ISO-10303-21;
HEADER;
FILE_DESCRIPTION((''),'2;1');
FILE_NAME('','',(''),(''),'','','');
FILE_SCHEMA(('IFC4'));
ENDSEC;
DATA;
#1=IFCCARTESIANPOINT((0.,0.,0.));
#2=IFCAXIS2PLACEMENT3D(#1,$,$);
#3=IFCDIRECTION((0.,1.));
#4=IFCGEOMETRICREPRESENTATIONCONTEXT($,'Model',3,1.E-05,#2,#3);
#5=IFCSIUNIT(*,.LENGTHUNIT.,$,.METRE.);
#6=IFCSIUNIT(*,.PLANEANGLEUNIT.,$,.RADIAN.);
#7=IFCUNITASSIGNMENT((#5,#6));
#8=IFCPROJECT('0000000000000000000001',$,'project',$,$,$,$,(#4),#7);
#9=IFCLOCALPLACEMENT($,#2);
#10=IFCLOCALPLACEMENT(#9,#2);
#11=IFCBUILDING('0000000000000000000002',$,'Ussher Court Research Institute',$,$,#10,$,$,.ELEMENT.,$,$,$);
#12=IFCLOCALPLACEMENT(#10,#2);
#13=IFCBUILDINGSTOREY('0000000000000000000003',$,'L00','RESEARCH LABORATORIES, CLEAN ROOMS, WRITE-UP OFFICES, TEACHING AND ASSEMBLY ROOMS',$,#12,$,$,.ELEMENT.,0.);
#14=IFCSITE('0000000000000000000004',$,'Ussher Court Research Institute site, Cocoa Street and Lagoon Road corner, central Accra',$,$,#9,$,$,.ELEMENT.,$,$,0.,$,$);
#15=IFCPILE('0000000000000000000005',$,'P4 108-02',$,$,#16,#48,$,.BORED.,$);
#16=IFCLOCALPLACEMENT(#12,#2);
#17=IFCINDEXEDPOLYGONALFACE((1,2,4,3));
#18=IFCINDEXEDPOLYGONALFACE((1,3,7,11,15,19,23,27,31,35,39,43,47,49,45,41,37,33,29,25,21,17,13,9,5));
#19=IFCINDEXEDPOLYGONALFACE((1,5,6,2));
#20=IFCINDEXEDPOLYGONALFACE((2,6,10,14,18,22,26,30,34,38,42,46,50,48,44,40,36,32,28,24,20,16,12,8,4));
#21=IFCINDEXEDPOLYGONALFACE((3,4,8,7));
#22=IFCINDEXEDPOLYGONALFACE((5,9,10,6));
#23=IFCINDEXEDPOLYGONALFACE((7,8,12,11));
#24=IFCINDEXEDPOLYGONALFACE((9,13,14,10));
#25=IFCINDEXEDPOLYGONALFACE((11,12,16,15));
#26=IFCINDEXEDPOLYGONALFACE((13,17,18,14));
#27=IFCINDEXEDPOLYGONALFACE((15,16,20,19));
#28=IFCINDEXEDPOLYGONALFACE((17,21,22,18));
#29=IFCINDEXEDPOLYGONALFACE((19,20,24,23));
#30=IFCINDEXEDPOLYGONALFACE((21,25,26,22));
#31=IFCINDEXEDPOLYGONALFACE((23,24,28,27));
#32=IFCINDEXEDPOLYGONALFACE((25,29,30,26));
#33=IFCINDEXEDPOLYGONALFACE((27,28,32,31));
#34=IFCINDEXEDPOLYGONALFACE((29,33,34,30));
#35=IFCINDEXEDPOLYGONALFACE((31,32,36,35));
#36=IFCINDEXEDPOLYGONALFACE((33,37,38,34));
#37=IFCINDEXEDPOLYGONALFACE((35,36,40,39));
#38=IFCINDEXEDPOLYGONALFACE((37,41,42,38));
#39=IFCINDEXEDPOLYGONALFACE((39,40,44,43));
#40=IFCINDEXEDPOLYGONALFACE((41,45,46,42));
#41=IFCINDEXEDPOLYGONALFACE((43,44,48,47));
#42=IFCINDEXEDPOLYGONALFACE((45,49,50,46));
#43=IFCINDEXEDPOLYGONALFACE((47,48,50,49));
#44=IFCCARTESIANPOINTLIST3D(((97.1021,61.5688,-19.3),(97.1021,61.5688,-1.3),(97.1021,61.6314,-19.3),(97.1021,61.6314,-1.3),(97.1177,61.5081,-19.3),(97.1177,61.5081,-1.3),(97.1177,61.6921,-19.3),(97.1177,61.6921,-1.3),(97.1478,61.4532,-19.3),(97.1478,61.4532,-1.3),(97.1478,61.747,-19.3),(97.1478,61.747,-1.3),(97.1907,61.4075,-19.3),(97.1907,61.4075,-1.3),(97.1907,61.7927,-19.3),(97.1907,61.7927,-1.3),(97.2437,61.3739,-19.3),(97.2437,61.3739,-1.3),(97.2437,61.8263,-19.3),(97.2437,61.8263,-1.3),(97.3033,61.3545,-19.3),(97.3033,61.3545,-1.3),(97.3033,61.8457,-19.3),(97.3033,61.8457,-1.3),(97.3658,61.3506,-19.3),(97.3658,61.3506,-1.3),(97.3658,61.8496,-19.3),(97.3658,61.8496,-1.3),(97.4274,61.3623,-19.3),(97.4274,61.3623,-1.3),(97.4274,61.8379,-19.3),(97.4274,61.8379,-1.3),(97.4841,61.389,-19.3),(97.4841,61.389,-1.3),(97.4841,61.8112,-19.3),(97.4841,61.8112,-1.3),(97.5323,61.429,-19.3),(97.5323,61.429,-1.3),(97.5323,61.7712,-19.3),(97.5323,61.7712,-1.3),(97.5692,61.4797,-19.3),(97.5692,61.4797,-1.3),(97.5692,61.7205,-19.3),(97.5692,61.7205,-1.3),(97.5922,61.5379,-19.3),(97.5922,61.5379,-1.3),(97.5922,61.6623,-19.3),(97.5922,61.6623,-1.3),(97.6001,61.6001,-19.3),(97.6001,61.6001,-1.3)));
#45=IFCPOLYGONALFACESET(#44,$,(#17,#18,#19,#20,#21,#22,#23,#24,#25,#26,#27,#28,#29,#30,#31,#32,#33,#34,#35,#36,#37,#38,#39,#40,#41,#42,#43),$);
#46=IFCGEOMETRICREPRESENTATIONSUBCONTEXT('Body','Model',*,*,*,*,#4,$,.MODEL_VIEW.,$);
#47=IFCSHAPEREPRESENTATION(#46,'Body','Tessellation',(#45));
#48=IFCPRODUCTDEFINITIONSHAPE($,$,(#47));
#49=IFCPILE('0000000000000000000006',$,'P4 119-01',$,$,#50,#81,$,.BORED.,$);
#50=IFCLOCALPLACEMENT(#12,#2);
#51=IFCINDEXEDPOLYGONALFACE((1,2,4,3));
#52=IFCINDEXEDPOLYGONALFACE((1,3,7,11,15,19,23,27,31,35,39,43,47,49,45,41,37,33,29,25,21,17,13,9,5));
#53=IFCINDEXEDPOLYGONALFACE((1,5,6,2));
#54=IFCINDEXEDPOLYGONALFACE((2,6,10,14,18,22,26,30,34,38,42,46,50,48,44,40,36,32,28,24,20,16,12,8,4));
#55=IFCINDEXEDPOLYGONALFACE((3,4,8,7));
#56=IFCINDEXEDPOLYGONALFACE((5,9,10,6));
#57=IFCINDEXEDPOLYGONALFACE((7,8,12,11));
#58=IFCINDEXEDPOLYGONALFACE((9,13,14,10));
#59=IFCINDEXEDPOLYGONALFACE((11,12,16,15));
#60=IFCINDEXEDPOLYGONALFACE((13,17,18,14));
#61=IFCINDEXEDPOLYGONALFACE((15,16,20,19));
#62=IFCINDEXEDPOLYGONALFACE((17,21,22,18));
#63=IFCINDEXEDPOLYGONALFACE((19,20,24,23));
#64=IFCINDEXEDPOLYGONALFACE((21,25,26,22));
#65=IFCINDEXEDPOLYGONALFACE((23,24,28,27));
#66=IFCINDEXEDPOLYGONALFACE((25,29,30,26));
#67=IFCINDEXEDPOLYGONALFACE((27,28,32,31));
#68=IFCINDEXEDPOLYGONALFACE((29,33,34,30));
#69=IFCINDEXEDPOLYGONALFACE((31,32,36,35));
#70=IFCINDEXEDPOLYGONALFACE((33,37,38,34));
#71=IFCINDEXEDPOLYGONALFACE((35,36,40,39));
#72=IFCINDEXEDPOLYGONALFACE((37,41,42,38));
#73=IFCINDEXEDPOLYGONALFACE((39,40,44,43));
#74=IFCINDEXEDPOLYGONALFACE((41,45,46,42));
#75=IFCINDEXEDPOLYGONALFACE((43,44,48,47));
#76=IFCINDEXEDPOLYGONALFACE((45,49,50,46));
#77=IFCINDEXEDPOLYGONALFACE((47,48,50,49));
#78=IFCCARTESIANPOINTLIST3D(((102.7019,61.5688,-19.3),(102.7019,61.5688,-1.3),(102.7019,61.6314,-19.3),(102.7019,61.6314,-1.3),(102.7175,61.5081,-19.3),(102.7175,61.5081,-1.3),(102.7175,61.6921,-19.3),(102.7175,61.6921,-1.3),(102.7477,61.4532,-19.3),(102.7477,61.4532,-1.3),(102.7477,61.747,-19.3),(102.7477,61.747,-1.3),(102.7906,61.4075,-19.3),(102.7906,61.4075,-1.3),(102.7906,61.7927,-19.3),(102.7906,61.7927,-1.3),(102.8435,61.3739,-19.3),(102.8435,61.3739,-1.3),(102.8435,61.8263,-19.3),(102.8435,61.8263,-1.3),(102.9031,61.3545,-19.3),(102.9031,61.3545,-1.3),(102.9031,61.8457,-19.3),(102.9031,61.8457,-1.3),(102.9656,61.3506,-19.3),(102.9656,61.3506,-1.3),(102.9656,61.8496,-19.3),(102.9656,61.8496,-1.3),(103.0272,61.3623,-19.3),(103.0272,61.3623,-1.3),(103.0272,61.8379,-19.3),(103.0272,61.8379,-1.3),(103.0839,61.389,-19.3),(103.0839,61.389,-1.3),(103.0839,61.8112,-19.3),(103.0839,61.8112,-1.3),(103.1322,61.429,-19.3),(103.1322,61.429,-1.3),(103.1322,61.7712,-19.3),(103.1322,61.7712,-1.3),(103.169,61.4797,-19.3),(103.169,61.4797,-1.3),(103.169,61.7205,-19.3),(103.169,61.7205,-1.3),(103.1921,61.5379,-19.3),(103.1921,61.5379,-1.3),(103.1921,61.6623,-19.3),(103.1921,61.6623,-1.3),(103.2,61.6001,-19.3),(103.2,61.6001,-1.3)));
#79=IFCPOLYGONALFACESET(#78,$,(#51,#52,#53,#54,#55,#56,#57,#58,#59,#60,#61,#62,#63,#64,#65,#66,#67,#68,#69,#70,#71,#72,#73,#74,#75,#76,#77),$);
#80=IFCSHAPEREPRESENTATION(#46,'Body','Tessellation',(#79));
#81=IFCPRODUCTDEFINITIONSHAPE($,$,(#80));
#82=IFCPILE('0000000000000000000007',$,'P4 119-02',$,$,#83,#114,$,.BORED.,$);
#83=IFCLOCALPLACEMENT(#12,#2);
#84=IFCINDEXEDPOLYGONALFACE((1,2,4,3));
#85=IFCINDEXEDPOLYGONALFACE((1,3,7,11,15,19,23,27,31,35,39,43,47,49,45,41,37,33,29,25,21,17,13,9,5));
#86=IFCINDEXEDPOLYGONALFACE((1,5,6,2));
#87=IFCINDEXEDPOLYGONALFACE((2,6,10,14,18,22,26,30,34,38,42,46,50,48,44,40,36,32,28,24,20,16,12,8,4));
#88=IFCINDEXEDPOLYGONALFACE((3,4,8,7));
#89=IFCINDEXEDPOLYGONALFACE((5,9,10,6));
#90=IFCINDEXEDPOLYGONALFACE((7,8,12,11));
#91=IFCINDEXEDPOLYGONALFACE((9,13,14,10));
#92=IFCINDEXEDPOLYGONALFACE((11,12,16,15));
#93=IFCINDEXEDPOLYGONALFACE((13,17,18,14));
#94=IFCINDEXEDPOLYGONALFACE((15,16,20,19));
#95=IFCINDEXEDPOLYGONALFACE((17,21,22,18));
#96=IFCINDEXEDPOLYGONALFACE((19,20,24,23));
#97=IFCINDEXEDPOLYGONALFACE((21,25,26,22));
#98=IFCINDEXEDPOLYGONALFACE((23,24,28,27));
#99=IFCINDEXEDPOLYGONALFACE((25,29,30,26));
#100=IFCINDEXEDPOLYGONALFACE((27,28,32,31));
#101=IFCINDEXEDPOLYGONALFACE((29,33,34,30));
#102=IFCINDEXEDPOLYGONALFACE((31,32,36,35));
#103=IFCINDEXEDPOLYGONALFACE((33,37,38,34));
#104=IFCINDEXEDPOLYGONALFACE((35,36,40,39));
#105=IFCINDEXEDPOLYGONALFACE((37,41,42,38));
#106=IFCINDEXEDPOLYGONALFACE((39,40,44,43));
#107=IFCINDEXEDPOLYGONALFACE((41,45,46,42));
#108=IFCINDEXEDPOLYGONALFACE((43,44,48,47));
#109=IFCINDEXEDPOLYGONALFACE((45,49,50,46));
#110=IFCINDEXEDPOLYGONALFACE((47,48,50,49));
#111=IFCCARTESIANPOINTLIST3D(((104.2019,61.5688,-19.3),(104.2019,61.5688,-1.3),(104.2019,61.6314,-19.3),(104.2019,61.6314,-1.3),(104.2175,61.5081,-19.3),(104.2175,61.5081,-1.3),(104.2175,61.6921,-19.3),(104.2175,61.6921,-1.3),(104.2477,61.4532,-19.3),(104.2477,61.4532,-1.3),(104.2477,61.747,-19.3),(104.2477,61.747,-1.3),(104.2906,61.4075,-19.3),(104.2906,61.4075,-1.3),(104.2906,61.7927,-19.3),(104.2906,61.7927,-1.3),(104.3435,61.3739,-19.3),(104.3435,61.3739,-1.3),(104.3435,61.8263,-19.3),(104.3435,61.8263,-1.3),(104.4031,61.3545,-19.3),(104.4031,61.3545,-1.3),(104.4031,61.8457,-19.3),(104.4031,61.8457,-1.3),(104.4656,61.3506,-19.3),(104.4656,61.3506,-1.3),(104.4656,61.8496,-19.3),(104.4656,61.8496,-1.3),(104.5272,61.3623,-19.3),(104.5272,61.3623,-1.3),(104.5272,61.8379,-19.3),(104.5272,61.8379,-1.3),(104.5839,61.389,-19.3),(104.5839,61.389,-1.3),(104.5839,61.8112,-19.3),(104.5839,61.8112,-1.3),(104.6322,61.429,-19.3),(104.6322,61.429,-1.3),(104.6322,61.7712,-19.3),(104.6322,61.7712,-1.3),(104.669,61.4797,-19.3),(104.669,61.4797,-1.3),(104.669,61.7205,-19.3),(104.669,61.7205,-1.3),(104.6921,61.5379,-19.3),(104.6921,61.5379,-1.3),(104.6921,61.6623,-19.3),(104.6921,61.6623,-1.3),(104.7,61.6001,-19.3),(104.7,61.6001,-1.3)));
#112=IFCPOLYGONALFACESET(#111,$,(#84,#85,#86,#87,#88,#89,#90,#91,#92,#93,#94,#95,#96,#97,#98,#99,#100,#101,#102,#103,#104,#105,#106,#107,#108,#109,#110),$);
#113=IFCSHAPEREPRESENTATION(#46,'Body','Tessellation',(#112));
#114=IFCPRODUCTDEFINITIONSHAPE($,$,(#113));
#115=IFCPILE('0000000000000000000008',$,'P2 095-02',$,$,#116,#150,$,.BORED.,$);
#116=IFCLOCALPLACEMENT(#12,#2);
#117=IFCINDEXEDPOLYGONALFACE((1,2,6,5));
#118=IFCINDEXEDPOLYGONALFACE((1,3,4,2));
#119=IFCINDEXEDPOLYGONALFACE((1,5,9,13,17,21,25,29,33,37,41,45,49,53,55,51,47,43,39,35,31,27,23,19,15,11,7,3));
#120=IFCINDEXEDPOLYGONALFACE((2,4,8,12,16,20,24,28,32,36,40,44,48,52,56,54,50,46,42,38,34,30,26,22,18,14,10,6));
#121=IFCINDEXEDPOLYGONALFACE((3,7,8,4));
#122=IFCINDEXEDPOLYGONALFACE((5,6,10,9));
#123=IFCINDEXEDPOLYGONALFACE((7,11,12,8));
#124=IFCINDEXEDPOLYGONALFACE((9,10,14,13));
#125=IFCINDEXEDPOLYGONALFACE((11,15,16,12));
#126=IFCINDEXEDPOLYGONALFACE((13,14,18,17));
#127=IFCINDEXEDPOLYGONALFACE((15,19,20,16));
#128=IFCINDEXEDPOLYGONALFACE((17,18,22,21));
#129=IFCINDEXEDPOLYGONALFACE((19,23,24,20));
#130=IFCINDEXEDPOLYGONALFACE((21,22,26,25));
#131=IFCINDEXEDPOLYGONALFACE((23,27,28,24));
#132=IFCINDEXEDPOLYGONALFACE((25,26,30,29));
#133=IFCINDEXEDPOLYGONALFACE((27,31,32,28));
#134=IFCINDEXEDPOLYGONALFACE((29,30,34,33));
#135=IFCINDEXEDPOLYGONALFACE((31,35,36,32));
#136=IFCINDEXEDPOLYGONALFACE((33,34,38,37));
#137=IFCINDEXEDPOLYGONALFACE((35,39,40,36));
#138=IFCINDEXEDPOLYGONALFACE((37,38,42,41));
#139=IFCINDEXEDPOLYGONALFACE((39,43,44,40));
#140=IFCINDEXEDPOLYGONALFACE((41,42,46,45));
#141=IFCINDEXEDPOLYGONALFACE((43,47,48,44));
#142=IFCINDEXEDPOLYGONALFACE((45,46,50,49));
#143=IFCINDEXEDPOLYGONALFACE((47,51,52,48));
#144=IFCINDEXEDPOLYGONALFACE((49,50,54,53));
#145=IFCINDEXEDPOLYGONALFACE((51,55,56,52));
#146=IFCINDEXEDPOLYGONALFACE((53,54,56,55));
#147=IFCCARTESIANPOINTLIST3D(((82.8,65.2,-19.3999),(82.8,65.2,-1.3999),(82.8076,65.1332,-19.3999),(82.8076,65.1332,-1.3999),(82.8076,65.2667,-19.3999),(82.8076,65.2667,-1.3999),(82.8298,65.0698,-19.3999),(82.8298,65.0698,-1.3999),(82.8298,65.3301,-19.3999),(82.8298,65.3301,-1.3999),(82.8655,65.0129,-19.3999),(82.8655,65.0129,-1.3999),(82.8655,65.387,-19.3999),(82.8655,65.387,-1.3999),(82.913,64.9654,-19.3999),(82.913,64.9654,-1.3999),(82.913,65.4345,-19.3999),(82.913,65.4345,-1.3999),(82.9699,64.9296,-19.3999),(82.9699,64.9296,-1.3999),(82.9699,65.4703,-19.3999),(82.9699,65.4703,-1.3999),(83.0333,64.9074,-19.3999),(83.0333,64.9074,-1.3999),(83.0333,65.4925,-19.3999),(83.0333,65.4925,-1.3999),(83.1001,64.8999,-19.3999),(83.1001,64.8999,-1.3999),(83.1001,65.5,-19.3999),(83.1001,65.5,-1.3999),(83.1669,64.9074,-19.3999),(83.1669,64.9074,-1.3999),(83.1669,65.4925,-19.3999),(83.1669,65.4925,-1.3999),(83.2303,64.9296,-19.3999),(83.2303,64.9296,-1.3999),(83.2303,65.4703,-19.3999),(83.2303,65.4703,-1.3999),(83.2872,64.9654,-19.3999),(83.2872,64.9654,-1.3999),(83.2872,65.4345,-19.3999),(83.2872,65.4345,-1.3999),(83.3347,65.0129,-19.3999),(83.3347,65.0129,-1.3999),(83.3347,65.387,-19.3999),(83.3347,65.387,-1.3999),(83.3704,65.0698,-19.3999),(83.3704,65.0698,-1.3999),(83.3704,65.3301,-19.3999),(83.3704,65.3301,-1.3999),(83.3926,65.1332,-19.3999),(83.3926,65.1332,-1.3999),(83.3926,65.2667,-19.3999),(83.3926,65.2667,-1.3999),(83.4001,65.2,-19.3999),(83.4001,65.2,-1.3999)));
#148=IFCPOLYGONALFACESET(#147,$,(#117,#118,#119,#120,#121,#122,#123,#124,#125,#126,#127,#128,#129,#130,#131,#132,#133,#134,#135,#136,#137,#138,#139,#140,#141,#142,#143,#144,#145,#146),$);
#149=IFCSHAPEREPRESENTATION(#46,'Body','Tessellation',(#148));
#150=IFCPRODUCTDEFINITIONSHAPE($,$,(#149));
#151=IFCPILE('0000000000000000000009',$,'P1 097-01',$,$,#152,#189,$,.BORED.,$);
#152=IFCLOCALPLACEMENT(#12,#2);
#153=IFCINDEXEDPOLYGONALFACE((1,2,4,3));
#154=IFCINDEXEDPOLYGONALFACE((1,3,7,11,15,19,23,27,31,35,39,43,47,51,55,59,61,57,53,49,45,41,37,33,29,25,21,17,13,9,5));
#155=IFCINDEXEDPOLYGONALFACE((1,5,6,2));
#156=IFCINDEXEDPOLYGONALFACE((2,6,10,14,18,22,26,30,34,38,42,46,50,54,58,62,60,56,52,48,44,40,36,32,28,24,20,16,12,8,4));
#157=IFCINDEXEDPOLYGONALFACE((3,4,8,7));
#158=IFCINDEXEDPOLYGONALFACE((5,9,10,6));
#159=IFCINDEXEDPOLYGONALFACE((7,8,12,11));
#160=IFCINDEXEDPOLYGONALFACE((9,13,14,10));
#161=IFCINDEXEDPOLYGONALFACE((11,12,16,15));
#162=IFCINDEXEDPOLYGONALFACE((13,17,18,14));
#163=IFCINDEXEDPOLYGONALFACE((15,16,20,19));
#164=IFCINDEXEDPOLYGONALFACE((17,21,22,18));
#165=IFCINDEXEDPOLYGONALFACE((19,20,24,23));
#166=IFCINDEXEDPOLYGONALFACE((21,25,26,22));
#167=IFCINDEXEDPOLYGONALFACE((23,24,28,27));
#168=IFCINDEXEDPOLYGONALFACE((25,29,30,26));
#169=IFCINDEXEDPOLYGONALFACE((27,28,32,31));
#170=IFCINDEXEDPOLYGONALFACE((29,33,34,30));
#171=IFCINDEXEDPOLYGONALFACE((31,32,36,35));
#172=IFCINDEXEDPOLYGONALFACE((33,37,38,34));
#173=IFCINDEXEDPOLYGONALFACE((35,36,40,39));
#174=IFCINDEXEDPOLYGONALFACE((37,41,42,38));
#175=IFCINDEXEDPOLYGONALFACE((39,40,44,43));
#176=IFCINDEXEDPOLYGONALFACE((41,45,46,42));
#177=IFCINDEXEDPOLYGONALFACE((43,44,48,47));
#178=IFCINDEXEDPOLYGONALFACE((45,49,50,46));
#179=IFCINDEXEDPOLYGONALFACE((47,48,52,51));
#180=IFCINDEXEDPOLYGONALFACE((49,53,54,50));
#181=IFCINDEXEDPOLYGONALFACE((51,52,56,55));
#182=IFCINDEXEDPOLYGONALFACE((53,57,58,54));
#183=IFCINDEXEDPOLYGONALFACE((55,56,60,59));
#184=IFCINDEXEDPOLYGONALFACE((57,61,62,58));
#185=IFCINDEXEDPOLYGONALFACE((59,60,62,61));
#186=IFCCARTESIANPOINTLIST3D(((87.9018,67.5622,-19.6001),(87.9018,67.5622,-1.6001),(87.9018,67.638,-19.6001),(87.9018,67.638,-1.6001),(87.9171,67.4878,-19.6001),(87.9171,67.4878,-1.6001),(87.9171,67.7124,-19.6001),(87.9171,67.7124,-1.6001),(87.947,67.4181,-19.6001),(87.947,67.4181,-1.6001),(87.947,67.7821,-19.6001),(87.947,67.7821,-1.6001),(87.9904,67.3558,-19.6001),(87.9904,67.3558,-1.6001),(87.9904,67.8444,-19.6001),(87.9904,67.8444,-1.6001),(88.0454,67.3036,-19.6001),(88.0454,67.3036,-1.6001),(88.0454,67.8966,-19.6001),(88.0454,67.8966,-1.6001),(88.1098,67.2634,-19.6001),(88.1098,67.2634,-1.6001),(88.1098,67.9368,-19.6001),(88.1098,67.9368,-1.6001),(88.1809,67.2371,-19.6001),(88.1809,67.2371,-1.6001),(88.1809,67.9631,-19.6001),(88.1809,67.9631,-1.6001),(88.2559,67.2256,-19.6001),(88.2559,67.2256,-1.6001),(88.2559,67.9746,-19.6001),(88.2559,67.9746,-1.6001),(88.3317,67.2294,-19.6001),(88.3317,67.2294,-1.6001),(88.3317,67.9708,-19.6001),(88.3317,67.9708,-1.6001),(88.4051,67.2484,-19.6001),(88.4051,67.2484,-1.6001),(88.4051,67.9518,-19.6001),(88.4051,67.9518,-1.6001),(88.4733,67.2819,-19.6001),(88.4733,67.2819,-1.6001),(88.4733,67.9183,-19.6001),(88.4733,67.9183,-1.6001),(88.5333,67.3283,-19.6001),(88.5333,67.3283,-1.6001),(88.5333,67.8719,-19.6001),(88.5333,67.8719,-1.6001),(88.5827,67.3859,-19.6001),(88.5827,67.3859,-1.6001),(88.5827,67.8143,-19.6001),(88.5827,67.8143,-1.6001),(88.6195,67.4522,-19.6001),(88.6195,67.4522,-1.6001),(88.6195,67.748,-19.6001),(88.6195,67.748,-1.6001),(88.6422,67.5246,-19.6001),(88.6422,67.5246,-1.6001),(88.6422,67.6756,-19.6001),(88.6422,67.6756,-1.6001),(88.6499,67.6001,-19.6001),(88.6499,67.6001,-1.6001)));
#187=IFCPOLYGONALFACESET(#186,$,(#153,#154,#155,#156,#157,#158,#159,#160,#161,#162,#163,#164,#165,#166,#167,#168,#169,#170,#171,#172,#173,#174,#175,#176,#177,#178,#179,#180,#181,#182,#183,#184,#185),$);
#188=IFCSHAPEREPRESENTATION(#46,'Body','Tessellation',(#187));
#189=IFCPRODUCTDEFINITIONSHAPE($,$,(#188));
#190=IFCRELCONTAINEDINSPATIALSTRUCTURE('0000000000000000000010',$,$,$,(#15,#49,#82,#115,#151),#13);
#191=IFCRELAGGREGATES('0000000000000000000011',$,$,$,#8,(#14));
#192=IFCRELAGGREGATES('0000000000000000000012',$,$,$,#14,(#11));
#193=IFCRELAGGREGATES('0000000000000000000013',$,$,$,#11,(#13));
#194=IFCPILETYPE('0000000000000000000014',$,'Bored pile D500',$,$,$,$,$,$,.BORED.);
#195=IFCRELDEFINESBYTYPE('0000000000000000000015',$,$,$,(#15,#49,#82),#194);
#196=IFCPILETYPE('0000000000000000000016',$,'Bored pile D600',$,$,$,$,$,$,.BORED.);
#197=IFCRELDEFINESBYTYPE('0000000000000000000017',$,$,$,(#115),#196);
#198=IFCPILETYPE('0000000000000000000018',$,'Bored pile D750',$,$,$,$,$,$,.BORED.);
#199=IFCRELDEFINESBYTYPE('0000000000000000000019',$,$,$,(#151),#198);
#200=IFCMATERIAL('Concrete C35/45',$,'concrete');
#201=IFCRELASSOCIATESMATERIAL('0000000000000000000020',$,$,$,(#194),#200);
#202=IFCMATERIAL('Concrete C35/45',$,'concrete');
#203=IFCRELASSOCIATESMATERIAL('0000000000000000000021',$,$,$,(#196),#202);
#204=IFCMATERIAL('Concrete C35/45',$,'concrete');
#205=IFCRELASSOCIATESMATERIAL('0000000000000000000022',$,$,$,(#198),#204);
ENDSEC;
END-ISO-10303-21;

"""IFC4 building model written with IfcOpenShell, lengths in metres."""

from ifc_helpers import new_model, si_unit, direction, frame, origin, origin_2d, place, context, subcontext, project, spatial, circle, extrude, material, material_profile, profile_set, type_object, element, save


model = new_model("IFC4")

# Units and contexts
model_context = context("Model", 3, precision=1e-05, world=origin(), true_north=direction((0.0, 1.0)))
body_context = subcontext(model_context, "Body", "Model", "MODEL_VIEW")
ifc_project = project(units=[si_unit("LENGTHUNIT", "METRE"), si_unit("PLANEANGLEUNIT", "RADIAN")], contexts=[model_context])

# Site, building, storey
site_placement = place(None, origin())
site = spatial("IfcSite", under=ifc_project, at=site_placement, Name="Ussher Court Research Institute site, Cocoa Street and Lagoon Road corner, central Accra", CompositionType="ELEMENT", RefElevation=0.0)
building_placement = place(site_placement, origin())
building = spatial("IfcBuilding", under=site, at=building_placement, Name="Ussher Court Research Institute", CompositionType="ELEMENT")
storey_placement = place(building_placement, origin())
storey = spatial("IfcBuildingStorey", under=building, at=storey_placement, Name="L00", Description="RESEARCH LABORATORIES, CLEAN ROOMS, WRITE-UP OFFICES, TEACHING AND ASSEMBLY ROOMS", CompositionType="ELEMENT", Elevation=0.0)

# Piles
ifc_material_1 = material(Name="Concrete C35/45", Category="concrete")
ifc_material_profile_1 = material_profile(ifc_material_1, circle(Radius=0.25, at=origin_2d()), Name="RC D500")
ifc_profile_set_1 = profile_set([ifc_material_profile_1], Name="Concrete C35/45")
pile_type_1 = type_object("IfcPileType", Name="Bored pile D500", PredefinedType="BORED", material=ifc_profile_set_1)
for number, where, z_axis, x_axis, name in (
    (1, (97.3501, 61.6001, -1.3), (0.0, 0.0, -1.0), (1.0, 0.0, 0.0), "P4 108-02"),
    (2, (102.95, 61.6001, -1.3), (0.0, 0.0, -1.0), (1.0, 0.0, 0.0), "P4 119-01"),
    (3, (104.45, 61.6001, -1.3), (0.0, 0.0, -1.0), (1.0, 0.0, 0.0), "P4 119-02"),
):
    element("IfcPile", number, at=place(storey_placement, frame(where, z_axis=z_axis, x_axis=x_axis)), inside=storey, type_object=pile_type_1, Name=name, PredefinedType="BORED", context=body_context, shape_type="SweptSolid", body=[
        extrude(circle(Radius=0.25, at=origin_2d()), origin(), (0.0, 0.0, 1.0), 18.0),
    ])
ifc_material_2 = material(Name="Concrete C35/45", Category="concrete")
ifc_material_profile_2 = material_profile(ifc_material_2, circle(Radius=0.3, at=origin_2d()), Name="RC D600")
ifc_profile_set_2 = profile_set([ifc_material_profile_2], Name="Concrete C35/45")
pile_type_2 = type_object("IfcPileType", Name="Bored pile D600", PredefinedType="BORED", material=ifc_profile_set_2)
pile_placement = place(storey_placement, frame((83.1001, 65.2, -1.3999), z_axis=(0.0, 0.0, -1.0), x_axis=(1.0, 0.0, 0.0)))
element("IfcPile", 4, at=pile_placement, inside=storey, type_object=pile_type_2, Name="P2 095-02", PredefinedType="BORED", context=body_context, shape_type="SweptSolid", body=[
    extrude(circle(Radius=0.3, at=origin_2d()), origin(), (0.0, 0.0, 1.0), 18.0),
])
ifc_material_3 = material(Name="Concrete C35/45", Category="concrete")
ifc_material_profile_3 = material_profile(ifc_material_3, circle(Radius=0.375, at=origin_2d()), Name="RC D750")
ifc_profile_set_3 = profile_set([ifc_material_profile_3], Name="Concrete C35/45")
pile_type_3 = type_object("IfcPileType", Name="Bored pile D750", PredefinedType="BORED", material=ifc_profile_set_3)
for number, where, z_axis, x_axis, name in (
    (5, (88.2749, 67.6001, -1.6001), (0.0, 0.0, -1.0), (1.0, 0.0, 0.0), "P1 097-01"),
):
    element("IfcPile", number, at=place(storey_placement, frame(where, z_axis=z_axis, x_axis=x_axis)), inside=storey, type_object=pile_type_3, Name=name, PredefinedType="BORED", context=body_context, shape_type="SweptSolid", body=[
        extrude(circle(Radius=0.375, at=origin_2d()), origin(), (0.0, 0.0, 1.0), 18.0),
    ])

save(model, "model.ifc")
